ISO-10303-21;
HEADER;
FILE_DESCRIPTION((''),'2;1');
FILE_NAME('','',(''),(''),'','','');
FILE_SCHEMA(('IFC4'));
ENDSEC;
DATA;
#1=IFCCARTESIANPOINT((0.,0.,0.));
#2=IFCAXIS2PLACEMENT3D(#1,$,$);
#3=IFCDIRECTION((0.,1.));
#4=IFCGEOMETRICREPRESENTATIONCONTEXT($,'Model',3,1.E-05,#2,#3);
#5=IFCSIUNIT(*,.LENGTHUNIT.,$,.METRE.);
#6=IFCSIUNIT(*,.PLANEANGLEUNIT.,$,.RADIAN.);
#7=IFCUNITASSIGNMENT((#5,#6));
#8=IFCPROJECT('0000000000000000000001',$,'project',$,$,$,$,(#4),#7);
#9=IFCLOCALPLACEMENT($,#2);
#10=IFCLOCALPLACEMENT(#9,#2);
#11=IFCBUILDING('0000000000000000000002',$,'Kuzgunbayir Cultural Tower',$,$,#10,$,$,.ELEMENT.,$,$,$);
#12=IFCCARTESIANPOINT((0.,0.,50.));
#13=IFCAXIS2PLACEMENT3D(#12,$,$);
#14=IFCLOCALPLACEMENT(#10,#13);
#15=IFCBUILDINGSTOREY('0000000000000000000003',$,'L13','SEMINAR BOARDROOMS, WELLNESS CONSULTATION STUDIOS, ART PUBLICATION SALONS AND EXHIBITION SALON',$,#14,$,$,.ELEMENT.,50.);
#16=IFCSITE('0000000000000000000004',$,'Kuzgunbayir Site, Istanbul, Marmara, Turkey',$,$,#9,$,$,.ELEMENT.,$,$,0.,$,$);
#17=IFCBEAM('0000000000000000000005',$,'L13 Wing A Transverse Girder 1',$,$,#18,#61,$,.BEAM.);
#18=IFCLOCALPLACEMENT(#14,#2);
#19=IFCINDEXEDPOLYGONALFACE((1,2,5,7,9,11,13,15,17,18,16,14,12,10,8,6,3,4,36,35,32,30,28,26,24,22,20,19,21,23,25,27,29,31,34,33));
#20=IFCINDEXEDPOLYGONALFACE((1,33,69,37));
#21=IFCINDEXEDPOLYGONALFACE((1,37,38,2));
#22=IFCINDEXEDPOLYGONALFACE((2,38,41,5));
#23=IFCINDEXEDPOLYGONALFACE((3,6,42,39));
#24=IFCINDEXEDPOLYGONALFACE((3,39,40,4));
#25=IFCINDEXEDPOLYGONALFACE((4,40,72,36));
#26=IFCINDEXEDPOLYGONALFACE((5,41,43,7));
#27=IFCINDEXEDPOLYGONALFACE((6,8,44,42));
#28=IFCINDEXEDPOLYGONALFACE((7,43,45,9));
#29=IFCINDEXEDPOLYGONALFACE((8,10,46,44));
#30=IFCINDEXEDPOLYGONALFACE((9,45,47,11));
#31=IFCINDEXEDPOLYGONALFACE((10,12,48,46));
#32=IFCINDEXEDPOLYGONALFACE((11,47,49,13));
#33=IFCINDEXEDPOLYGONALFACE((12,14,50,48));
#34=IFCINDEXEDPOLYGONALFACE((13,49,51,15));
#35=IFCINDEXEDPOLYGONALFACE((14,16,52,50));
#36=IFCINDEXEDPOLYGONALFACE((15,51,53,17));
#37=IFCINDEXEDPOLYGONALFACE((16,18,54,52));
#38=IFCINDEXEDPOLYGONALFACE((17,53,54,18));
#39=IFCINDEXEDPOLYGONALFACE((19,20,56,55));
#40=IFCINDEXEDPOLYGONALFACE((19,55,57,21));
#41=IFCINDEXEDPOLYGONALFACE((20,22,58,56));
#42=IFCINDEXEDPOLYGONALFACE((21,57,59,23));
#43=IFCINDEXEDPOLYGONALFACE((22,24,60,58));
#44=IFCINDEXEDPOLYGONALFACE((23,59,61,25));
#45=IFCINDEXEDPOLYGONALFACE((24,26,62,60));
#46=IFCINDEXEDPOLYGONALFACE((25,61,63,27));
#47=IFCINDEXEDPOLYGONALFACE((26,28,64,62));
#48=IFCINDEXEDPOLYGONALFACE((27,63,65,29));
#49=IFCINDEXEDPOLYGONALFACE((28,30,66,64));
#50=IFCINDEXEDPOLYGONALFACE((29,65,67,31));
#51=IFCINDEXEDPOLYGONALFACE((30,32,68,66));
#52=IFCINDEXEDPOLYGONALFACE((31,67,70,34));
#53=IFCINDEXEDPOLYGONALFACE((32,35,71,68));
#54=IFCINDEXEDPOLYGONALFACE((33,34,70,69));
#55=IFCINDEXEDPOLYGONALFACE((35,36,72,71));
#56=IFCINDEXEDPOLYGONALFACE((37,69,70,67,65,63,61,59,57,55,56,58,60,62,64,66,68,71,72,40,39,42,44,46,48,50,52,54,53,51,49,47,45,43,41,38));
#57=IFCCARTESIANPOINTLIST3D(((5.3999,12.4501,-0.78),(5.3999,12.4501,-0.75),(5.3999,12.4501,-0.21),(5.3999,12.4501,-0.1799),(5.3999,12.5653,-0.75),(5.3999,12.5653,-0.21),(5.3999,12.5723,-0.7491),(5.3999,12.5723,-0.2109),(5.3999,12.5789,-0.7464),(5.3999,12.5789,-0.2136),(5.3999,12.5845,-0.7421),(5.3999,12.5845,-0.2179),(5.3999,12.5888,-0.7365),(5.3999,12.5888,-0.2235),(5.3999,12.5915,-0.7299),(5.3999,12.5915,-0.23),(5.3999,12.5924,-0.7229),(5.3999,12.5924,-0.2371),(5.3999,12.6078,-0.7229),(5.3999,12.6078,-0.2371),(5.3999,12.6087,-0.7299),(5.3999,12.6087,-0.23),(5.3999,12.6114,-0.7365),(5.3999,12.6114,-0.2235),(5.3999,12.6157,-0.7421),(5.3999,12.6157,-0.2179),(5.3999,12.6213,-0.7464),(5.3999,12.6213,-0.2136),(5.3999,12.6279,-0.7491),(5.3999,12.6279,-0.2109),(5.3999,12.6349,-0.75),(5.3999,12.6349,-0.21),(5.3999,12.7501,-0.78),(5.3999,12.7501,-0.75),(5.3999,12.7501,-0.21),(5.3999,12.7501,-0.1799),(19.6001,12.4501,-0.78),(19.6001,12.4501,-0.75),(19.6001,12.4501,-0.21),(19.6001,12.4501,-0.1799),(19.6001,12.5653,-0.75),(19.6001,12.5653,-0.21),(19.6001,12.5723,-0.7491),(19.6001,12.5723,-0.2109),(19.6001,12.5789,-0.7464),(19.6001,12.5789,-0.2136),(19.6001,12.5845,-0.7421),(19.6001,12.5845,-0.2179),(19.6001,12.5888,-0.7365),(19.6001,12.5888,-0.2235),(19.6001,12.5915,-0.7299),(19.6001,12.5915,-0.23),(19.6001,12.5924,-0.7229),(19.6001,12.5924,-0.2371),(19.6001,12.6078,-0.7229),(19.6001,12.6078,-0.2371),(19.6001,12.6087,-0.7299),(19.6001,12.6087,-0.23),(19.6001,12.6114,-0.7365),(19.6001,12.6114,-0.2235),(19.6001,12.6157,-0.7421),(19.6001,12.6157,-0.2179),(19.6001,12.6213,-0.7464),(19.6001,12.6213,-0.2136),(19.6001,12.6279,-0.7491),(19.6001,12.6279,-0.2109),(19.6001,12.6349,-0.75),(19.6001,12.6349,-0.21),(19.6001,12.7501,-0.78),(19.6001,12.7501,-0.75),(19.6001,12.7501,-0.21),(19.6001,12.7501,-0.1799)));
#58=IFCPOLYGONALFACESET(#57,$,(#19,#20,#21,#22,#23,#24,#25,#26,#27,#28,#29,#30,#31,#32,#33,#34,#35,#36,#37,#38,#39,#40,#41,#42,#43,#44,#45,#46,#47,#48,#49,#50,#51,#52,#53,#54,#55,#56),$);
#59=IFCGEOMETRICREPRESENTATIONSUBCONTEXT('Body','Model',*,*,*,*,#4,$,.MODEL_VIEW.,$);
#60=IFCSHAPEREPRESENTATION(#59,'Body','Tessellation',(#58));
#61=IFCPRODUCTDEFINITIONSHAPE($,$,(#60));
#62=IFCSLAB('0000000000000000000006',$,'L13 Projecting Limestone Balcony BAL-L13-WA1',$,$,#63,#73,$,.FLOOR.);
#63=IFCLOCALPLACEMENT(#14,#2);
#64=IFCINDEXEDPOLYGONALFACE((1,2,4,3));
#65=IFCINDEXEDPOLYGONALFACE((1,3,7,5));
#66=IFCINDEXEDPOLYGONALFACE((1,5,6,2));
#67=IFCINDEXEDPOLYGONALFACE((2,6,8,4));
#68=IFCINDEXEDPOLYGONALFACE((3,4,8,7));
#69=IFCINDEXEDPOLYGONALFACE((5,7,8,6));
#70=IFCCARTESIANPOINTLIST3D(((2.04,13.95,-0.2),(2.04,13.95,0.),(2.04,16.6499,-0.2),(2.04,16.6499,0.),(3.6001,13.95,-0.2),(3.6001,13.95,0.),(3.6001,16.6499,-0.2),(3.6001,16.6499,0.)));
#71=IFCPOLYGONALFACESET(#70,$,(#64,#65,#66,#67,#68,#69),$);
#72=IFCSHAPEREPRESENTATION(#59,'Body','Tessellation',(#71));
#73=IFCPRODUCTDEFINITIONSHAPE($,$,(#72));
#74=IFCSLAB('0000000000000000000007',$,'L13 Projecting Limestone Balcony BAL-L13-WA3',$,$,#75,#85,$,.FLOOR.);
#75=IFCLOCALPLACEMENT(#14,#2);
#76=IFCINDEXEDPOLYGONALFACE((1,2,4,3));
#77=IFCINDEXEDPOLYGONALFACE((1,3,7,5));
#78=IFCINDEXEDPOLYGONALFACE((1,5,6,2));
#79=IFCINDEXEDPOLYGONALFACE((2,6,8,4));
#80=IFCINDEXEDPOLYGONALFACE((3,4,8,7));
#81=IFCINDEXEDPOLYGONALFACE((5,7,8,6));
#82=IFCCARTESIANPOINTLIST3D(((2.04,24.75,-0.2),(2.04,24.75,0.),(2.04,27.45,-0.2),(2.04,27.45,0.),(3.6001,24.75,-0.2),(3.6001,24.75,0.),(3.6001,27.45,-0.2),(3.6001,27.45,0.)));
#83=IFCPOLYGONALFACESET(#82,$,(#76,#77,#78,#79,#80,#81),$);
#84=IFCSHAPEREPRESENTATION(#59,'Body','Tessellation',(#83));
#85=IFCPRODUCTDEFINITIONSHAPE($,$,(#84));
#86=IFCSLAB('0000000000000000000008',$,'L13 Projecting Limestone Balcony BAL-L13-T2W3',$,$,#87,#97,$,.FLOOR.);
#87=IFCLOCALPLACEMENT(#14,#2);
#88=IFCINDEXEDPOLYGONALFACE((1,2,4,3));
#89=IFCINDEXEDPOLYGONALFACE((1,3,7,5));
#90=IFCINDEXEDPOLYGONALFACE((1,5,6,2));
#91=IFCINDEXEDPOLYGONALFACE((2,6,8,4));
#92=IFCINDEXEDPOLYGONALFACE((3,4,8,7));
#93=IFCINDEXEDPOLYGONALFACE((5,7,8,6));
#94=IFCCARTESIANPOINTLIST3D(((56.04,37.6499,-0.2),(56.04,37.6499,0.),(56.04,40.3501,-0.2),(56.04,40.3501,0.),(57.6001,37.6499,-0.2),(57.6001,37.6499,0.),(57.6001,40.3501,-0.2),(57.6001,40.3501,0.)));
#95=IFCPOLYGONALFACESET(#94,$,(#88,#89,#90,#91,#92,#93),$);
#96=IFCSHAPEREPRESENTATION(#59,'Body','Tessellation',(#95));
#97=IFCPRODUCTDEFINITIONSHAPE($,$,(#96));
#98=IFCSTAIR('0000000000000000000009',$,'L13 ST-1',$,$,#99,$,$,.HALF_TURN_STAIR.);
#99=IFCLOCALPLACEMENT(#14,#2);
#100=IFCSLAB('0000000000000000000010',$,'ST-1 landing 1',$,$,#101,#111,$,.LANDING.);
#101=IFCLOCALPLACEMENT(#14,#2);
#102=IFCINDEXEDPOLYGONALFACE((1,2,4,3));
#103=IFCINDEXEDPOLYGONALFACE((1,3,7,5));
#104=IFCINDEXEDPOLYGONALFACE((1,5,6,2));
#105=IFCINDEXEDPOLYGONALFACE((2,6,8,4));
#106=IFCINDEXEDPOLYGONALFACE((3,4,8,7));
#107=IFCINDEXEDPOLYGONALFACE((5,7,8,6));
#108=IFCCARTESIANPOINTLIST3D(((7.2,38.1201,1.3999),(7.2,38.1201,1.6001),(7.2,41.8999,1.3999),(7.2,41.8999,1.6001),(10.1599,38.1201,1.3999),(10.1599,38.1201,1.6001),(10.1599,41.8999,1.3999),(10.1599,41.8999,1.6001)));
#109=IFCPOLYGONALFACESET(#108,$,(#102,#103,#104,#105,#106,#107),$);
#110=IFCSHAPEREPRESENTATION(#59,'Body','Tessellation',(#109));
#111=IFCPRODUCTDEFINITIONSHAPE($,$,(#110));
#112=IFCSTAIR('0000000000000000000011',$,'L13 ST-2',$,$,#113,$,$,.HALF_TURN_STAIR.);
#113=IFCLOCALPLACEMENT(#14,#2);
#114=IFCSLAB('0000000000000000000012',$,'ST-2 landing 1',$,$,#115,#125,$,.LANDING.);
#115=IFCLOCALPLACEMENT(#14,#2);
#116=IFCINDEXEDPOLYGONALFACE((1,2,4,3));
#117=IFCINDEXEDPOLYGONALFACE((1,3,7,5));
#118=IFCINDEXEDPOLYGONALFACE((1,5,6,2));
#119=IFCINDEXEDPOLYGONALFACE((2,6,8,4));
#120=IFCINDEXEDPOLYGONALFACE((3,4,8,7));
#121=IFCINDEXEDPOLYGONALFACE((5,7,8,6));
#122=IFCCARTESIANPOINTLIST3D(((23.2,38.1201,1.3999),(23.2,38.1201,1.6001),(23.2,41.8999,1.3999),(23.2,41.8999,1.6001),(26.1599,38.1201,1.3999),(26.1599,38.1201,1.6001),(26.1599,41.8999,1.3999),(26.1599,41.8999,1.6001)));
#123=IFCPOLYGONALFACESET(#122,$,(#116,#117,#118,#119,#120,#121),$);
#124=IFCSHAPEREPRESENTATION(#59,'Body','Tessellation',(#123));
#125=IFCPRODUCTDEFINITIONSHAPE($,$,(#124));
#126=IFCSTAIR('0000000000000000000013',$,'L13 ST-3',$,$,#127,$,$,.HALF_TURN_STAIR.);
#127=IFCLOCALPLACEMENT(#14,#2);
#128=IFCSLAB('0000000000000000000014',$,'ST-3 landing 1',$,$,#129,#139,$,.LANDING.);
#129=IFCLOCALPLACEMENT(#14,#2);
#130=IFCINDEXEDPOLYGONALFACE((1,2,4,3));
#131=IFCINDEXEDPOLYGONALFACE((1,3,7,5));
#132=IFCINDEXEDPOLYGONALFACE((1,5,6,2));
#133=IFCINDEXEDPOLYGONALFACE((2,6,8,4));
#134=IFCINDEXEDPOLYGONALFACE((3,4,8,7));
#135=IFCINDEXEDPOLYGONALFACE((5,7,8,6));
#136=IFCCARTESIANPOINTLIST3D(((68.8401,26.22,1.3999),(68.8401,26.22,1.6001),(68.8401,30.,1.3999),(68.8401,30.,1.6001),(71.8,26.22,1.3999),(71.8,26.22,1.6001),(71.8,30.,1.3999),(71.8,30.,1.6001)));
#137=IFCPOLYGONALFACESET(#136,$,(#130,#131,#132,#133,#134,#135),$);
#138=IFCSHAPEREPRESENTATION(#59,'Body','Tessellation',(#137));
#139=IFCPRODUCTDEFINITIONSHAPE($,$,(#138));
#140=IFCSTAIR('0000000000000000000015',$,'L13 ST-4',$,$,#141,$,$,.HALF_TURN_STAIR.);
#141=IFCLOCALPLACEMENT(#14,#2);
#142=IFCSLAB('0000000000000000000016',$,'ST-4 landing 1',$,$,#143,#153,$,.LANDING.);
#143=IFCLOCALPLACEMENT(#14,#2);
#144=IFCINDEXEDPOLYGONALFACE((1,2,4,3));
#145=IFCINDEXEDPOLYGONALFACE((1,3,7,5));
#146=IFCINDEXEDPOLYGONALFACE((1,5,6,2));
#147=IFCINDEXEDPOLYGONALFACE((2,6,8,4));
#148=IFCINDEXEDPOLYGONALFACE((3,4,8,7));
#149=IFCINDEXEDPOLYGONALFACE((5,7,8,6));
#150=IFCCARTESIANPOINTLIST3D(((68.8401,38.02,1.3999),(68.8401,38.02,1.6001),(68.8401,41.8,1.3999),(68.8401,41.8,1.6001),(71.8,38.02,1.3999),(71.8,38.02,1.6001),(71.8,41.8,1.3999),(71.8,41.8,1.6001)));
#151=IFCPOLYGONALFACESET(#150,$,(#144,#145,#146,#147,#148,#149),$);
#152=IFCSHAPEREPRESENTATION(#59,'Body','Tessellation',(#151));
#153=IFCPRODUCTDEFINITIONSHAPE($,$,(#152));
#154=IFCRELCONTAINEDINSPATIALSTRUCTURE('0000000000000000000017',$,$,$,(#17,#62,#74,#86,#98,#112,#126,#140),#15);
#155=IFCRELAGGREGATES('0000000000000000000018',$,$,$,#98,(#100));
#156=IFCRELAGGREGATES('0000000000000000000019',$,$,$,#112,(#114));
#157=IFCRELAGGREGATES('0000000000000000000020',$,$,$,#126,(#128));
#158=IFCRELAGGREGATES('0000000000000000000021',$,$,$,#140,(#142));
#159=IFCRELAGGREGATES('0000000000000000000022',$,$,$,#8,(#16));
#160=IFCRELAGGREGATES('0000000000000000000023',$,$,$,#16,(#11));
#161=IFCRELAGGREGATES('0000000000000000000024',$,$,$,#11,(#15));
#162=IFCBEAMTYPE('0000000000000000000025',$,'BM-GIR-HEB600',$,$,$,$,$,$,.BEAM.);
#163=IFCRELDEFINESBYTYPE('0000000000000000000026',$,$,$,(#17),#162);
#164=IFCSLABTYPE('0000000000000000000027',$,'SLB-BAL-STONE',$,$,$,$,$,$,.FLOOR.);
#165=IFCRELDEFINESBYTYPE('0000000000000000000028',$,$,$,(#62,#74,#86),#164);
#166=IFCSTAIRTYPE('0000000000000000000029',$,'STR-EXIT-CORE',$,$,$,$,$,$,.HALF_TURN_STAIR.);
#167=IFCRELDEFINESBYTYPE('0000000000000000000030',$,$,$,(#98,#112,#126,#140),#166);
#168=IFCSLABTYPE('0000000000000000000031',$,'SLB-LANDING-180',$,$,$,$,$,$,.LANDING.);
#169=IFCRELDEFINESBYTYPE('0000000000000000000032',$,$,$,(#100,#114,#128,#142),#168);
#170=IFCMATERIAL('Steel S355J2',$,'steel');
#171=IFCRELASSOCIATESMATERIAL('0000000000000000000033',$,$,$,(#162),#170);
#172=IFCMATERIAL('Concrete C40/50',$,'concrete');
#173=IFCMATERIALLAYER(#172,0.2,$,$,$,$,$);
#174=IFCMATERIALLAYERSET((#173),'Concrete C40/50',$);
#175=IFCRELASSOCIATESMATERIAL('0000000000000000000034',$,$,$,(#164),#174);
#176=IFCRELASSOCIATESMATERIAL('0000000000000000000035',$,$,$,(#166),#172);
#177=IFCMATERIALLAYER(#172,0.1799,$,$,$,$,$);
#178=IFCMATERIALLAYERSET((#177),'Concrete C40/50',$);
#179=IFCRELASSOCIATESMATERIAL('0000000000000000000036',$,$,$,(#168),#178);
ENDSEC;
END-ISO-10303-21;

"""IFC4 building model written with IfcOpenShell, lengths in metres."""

from ifc_helpers import new_model, si_unit, direction, frame, origin, origin_2d, place, context, subcontext, project, spatial, polyline, i_section, outline, extrude, material, layer, layer_set, material_profile, profile_set, type_object, element, aggregate, save


model = new_model("IFC4")

# Units and contexts
model_context = context("Model", 3, precision=1e-05, world=origin(), true_north=direction((0.0, 1.0)))
body_context = subcontext(model_context, "Body", "Model", "MODEL_VIEW")
ifc_project = project(units=[si_unit("LENGTHUNIT", "METRE"), si_unit("PLANEANGLEUNIT", "RADIAN")], contexts=[model_context])

# Site, building, storey
site_placement = place(None, origin())
site = spatial("IfcSite", under=ifc_project, at=site_placement, Name="Kuzgunbayir Site, Istanbul, Marmara, Turkey", CompositionType="ELEMENT", RefElevation=0.0)
building_placement = place(site_placement, origin())
building = spatial("IfcBuilding", under=site, at=building_placement, Name="Kuzgunbayir Cultural Tower", CompositionType="ELEMENT")
storey_placement = place(building_placement, frame((0.0, 0.0, 50.0)))
storey = spatial("IfcBuildingStorey", under=building, at=storey_placement, Name="L13", Description="SEMINAR BOARDROOMS, WELLNESS CONSULTATION STUDIOS, ART PUBLICATION SALONS AND EXHIBITION SALON", CompositionType="ELEMENT", Elevation=50.0)

# Beam
ifc_material_1 = material(Name="Steel S355J2", Category="steel")
ifc_material_profile_1 = material_profile(ifc_material_1, i_section(OverallWidth=0.3, OverallDepth=0.6001, WebThickness=0.0154, FlangeThickness=0.03, FilletRadius=0.0271, at=origin_2d()), Name="HEB 600")
ifc_profile_set_1 = profile_set([ifc_material_profile_1], Name="Steel S355J2")
beam_type_1 = type_object("IfcBeamType", Name="BM-GIR-HEB600", PredefinedType="BEAM", material=ifc_profile_set_1)
beam_1_placement = place(storey_placement, frame((5.3999, 12.6001, -0.48), z_axis=(1.0, 0.0, 0.0), x_axis=(0.0, 1.0, 0.0)))
element("IfcBeam", 1, at=beam_1_placement, inside=storey, type_object=beam_type_1, Name="L13 Wing A Transverse Girder 1", PredefinedType="BEAM", context=body_context, shape_type="SweptSolid", body=[
    extrude(i_section(OverallWidth=0.3, OverallDepth=0.6001, WebThickness=0.0154, FlangeThickness=0.03, FilletRadius=0.0271, at=origin_2d()), origin(), (0.0, 0.0, 1.0), 14.2002),
])

# Slabs
ifc_material_2 = material(Name="Concrete C40/50", Category="concrete")
ifc_layer_1 = layer(ifc_material_2, 0.2)
ifc_layer_set_1 = layer_set([ifc_layer_1], Name="Concrete C40/50")
slab_type_1 = type_object("IfcSlabType", Name="SLB-BAL-STONE", PredefinedType="FLOOR", material=ifc_layer_set_1)
slab_1_placement = place(storey_placement, frame((0.0, 0.0, -0.2)))
element("IfcSlab", 2, at=slab_1_placement, inside=storey, type_object=slab_type_1, Name="L13 Projecting Limestone Balcony BAL-L13-WA1", PredefinedType="FLOOR", context=body_context, shape_type="SweptSolid", body=[
    extrude(outline(polyline([(2.04, 13.95), (3.6001, 13.95), (3.6001, 16.6499), (2.04, 16.6499), (2.04, 13.95)])), origin(), (0.0, 0.0, 1.0), 0.2),
])
slab_2_placement = place(storey_placement, frame((0.0, 0.0, -0.2)))
element("IfcSlab", 3, at=slab_2_placement, inside=storey, type_object=slab_type_1, Name="L13 Projecting Limestone Balcony BAL-L13-WA3", PredefinedType="FLOOR", context=body_context, shape_type="SweptSolid", body=[
    extrude(outline(polyline([(2.04, 24.75), (3.6001, 24.75), (3.6001, 27.45), (2.04, 27.45), (2.04, 24.75)])), origin(), (0.0, 0.0, 1.0), 0.2),
])
slab_3_placement = place(storey_placement, frame((0.0, 0.0, -0.2)))
element("IfcSlab", 4, at=slab_3_placement, inside=storey, type_object=slab_type_1, Name="L13 Projecting Limestone Balcony BAL-L13-T2W3", PredefinedType="FLOOR", context=body_context, shape_type="SweptSolid", body=[
    extrude(outline(polyline([(56.04, 37.6499), (57.6001, 37.6499), (57.6001, 40.3501), (56.04, 40.3501), (56.04, 37.6499)])), origin(), (0.0, 0.0, 1.0), 0.2),
])

# Stairs, slabs
stair_type = type_object("IfcStairType", Name="STR-EXIT-CORE", PredefinedType="HALF_TURN_STAIR", material=ifc_material_2)
stair_1_placement = place(storey_placement, origin())
stair_1 = element("IfcStair", 5, at=stair_1_placement, inside=storey, type_object=stair_type, Name="L13 ST-1", PredefinedType="HALF_TURN_STAIR")
ifc_layer_2 = layer(ifc_material_2, 0.1799)
ifc_layer_set_2 = layer_set([ifc_layer_2], Name="Concrete C40/50")
slab_type_2 = type_object("IfcSlabType", Name="SLB-LANDING-180", PredefinedType="LANDING", material=ifc_layer_set_2)
slab_4_placement = place(storey_placement, frame((0.0, 0.0, 1.3999)))
slab_4 = element("IfcSlab", 6, at=slab_4_placement, type_object=slab_type_2, Name="ST-1 landing 1", PredefinedType="LANDING", context=body_context, shape_type="SweptSolid", body=[
    extrude(outline(polyline([(10.1599, 38.1201), (10.1599, 41.8999), (7.2, 41.8999), (7.2, 38.1201), (10.1599, 38.1201)])), origin(), (0.0, 0.0, 1.0), 0.2002),
])
aggregate(stair_1, [slab_4])
stair_2_placement = place(storey_placement, origin())
stair_2 = element("IfcStair", 7, at=stair_2_placement, inside=storey, type_object=stair_type, Name="L13 ST-2", PredefinedType="HALF_TURN_STAIR")
slab_5_placement = place(storey_placement, frame((0.0, 0.0, 1.3999)))
slab_5 = element("IfcSlab", 8, at=slab_5_placement, type_object=slab_type_2, Name="ST-2 landing 1", PredefinedType="LANDING", context=body_context, shape_type="SweptSolid", body=[
    extrude(outline(polyline([(26.1599, 38.1201), (26.1599, 41.8999), (23.2, 41.8999), (23.2, 38.1201), (26.1599, 38.1201)])), origin(), (0.0, 0.0, 1.0), 0.2002),
])
aggregate(stair_2, [slab_5])
stair_3_placement = place(storey_placement, origin())
stair_3 = element("IfcStair", 9, at=stair_3_placement, inside=storey, type_object=stair_type, Name="L13 ST-3", PredefinedType="HALF_TURN_STAIR")
slab_6_placement = place(storey_placement, frame((0.0, 0.0, 1.3999)))
slab_6 = element("IfcSlab", 10, at=slab_6_placement, type_object=slab_type_2, Name="ST-3 landing 1", PredefinedType="LANDING", context=body_context, shape_type="SweptSolid", body=[
    extrude(outline(polyline([(71.8, 26.22), (71.8, 30.0), (68.8401, 30.0), (68.8401, 26.22), (71.8, 26.22)])), origin(), (0.0, 0.0, 1.0), 0.2002),
])
aggregate(stair_3, [slab_6])
stair_4_placement = place(storey_placement, origin())
stair_4 = element("IfcStair", 11, at=stair_4_placement, inside=storey, type_object=stair_type, Name="L13 ST-4", PredefinedType="HALF_TURN_STAIR")
slab_7_placement = place(storey_placement, frame((0.0, 0.0, 1.3999)))
slab_7 = element("IfcSlab", 12, at=slab_7_placement, type_object=slab_type_2, Name="ST-4 landing 1", PredefinedType="LANDING", context=body_context, shape_type="SweptSolid", body=[
    extrude(outline(polyline([(71.8, 38.02), (71.8, 41.8), (68.8401, 41.8), (68.8401, 38.02), (71.8, 38.02)])), origin(), (0.0, 0.0, 1.0), 0.2002),
])
aggregate(stair_4, [slab_7])

save(model, "model.ifc")
